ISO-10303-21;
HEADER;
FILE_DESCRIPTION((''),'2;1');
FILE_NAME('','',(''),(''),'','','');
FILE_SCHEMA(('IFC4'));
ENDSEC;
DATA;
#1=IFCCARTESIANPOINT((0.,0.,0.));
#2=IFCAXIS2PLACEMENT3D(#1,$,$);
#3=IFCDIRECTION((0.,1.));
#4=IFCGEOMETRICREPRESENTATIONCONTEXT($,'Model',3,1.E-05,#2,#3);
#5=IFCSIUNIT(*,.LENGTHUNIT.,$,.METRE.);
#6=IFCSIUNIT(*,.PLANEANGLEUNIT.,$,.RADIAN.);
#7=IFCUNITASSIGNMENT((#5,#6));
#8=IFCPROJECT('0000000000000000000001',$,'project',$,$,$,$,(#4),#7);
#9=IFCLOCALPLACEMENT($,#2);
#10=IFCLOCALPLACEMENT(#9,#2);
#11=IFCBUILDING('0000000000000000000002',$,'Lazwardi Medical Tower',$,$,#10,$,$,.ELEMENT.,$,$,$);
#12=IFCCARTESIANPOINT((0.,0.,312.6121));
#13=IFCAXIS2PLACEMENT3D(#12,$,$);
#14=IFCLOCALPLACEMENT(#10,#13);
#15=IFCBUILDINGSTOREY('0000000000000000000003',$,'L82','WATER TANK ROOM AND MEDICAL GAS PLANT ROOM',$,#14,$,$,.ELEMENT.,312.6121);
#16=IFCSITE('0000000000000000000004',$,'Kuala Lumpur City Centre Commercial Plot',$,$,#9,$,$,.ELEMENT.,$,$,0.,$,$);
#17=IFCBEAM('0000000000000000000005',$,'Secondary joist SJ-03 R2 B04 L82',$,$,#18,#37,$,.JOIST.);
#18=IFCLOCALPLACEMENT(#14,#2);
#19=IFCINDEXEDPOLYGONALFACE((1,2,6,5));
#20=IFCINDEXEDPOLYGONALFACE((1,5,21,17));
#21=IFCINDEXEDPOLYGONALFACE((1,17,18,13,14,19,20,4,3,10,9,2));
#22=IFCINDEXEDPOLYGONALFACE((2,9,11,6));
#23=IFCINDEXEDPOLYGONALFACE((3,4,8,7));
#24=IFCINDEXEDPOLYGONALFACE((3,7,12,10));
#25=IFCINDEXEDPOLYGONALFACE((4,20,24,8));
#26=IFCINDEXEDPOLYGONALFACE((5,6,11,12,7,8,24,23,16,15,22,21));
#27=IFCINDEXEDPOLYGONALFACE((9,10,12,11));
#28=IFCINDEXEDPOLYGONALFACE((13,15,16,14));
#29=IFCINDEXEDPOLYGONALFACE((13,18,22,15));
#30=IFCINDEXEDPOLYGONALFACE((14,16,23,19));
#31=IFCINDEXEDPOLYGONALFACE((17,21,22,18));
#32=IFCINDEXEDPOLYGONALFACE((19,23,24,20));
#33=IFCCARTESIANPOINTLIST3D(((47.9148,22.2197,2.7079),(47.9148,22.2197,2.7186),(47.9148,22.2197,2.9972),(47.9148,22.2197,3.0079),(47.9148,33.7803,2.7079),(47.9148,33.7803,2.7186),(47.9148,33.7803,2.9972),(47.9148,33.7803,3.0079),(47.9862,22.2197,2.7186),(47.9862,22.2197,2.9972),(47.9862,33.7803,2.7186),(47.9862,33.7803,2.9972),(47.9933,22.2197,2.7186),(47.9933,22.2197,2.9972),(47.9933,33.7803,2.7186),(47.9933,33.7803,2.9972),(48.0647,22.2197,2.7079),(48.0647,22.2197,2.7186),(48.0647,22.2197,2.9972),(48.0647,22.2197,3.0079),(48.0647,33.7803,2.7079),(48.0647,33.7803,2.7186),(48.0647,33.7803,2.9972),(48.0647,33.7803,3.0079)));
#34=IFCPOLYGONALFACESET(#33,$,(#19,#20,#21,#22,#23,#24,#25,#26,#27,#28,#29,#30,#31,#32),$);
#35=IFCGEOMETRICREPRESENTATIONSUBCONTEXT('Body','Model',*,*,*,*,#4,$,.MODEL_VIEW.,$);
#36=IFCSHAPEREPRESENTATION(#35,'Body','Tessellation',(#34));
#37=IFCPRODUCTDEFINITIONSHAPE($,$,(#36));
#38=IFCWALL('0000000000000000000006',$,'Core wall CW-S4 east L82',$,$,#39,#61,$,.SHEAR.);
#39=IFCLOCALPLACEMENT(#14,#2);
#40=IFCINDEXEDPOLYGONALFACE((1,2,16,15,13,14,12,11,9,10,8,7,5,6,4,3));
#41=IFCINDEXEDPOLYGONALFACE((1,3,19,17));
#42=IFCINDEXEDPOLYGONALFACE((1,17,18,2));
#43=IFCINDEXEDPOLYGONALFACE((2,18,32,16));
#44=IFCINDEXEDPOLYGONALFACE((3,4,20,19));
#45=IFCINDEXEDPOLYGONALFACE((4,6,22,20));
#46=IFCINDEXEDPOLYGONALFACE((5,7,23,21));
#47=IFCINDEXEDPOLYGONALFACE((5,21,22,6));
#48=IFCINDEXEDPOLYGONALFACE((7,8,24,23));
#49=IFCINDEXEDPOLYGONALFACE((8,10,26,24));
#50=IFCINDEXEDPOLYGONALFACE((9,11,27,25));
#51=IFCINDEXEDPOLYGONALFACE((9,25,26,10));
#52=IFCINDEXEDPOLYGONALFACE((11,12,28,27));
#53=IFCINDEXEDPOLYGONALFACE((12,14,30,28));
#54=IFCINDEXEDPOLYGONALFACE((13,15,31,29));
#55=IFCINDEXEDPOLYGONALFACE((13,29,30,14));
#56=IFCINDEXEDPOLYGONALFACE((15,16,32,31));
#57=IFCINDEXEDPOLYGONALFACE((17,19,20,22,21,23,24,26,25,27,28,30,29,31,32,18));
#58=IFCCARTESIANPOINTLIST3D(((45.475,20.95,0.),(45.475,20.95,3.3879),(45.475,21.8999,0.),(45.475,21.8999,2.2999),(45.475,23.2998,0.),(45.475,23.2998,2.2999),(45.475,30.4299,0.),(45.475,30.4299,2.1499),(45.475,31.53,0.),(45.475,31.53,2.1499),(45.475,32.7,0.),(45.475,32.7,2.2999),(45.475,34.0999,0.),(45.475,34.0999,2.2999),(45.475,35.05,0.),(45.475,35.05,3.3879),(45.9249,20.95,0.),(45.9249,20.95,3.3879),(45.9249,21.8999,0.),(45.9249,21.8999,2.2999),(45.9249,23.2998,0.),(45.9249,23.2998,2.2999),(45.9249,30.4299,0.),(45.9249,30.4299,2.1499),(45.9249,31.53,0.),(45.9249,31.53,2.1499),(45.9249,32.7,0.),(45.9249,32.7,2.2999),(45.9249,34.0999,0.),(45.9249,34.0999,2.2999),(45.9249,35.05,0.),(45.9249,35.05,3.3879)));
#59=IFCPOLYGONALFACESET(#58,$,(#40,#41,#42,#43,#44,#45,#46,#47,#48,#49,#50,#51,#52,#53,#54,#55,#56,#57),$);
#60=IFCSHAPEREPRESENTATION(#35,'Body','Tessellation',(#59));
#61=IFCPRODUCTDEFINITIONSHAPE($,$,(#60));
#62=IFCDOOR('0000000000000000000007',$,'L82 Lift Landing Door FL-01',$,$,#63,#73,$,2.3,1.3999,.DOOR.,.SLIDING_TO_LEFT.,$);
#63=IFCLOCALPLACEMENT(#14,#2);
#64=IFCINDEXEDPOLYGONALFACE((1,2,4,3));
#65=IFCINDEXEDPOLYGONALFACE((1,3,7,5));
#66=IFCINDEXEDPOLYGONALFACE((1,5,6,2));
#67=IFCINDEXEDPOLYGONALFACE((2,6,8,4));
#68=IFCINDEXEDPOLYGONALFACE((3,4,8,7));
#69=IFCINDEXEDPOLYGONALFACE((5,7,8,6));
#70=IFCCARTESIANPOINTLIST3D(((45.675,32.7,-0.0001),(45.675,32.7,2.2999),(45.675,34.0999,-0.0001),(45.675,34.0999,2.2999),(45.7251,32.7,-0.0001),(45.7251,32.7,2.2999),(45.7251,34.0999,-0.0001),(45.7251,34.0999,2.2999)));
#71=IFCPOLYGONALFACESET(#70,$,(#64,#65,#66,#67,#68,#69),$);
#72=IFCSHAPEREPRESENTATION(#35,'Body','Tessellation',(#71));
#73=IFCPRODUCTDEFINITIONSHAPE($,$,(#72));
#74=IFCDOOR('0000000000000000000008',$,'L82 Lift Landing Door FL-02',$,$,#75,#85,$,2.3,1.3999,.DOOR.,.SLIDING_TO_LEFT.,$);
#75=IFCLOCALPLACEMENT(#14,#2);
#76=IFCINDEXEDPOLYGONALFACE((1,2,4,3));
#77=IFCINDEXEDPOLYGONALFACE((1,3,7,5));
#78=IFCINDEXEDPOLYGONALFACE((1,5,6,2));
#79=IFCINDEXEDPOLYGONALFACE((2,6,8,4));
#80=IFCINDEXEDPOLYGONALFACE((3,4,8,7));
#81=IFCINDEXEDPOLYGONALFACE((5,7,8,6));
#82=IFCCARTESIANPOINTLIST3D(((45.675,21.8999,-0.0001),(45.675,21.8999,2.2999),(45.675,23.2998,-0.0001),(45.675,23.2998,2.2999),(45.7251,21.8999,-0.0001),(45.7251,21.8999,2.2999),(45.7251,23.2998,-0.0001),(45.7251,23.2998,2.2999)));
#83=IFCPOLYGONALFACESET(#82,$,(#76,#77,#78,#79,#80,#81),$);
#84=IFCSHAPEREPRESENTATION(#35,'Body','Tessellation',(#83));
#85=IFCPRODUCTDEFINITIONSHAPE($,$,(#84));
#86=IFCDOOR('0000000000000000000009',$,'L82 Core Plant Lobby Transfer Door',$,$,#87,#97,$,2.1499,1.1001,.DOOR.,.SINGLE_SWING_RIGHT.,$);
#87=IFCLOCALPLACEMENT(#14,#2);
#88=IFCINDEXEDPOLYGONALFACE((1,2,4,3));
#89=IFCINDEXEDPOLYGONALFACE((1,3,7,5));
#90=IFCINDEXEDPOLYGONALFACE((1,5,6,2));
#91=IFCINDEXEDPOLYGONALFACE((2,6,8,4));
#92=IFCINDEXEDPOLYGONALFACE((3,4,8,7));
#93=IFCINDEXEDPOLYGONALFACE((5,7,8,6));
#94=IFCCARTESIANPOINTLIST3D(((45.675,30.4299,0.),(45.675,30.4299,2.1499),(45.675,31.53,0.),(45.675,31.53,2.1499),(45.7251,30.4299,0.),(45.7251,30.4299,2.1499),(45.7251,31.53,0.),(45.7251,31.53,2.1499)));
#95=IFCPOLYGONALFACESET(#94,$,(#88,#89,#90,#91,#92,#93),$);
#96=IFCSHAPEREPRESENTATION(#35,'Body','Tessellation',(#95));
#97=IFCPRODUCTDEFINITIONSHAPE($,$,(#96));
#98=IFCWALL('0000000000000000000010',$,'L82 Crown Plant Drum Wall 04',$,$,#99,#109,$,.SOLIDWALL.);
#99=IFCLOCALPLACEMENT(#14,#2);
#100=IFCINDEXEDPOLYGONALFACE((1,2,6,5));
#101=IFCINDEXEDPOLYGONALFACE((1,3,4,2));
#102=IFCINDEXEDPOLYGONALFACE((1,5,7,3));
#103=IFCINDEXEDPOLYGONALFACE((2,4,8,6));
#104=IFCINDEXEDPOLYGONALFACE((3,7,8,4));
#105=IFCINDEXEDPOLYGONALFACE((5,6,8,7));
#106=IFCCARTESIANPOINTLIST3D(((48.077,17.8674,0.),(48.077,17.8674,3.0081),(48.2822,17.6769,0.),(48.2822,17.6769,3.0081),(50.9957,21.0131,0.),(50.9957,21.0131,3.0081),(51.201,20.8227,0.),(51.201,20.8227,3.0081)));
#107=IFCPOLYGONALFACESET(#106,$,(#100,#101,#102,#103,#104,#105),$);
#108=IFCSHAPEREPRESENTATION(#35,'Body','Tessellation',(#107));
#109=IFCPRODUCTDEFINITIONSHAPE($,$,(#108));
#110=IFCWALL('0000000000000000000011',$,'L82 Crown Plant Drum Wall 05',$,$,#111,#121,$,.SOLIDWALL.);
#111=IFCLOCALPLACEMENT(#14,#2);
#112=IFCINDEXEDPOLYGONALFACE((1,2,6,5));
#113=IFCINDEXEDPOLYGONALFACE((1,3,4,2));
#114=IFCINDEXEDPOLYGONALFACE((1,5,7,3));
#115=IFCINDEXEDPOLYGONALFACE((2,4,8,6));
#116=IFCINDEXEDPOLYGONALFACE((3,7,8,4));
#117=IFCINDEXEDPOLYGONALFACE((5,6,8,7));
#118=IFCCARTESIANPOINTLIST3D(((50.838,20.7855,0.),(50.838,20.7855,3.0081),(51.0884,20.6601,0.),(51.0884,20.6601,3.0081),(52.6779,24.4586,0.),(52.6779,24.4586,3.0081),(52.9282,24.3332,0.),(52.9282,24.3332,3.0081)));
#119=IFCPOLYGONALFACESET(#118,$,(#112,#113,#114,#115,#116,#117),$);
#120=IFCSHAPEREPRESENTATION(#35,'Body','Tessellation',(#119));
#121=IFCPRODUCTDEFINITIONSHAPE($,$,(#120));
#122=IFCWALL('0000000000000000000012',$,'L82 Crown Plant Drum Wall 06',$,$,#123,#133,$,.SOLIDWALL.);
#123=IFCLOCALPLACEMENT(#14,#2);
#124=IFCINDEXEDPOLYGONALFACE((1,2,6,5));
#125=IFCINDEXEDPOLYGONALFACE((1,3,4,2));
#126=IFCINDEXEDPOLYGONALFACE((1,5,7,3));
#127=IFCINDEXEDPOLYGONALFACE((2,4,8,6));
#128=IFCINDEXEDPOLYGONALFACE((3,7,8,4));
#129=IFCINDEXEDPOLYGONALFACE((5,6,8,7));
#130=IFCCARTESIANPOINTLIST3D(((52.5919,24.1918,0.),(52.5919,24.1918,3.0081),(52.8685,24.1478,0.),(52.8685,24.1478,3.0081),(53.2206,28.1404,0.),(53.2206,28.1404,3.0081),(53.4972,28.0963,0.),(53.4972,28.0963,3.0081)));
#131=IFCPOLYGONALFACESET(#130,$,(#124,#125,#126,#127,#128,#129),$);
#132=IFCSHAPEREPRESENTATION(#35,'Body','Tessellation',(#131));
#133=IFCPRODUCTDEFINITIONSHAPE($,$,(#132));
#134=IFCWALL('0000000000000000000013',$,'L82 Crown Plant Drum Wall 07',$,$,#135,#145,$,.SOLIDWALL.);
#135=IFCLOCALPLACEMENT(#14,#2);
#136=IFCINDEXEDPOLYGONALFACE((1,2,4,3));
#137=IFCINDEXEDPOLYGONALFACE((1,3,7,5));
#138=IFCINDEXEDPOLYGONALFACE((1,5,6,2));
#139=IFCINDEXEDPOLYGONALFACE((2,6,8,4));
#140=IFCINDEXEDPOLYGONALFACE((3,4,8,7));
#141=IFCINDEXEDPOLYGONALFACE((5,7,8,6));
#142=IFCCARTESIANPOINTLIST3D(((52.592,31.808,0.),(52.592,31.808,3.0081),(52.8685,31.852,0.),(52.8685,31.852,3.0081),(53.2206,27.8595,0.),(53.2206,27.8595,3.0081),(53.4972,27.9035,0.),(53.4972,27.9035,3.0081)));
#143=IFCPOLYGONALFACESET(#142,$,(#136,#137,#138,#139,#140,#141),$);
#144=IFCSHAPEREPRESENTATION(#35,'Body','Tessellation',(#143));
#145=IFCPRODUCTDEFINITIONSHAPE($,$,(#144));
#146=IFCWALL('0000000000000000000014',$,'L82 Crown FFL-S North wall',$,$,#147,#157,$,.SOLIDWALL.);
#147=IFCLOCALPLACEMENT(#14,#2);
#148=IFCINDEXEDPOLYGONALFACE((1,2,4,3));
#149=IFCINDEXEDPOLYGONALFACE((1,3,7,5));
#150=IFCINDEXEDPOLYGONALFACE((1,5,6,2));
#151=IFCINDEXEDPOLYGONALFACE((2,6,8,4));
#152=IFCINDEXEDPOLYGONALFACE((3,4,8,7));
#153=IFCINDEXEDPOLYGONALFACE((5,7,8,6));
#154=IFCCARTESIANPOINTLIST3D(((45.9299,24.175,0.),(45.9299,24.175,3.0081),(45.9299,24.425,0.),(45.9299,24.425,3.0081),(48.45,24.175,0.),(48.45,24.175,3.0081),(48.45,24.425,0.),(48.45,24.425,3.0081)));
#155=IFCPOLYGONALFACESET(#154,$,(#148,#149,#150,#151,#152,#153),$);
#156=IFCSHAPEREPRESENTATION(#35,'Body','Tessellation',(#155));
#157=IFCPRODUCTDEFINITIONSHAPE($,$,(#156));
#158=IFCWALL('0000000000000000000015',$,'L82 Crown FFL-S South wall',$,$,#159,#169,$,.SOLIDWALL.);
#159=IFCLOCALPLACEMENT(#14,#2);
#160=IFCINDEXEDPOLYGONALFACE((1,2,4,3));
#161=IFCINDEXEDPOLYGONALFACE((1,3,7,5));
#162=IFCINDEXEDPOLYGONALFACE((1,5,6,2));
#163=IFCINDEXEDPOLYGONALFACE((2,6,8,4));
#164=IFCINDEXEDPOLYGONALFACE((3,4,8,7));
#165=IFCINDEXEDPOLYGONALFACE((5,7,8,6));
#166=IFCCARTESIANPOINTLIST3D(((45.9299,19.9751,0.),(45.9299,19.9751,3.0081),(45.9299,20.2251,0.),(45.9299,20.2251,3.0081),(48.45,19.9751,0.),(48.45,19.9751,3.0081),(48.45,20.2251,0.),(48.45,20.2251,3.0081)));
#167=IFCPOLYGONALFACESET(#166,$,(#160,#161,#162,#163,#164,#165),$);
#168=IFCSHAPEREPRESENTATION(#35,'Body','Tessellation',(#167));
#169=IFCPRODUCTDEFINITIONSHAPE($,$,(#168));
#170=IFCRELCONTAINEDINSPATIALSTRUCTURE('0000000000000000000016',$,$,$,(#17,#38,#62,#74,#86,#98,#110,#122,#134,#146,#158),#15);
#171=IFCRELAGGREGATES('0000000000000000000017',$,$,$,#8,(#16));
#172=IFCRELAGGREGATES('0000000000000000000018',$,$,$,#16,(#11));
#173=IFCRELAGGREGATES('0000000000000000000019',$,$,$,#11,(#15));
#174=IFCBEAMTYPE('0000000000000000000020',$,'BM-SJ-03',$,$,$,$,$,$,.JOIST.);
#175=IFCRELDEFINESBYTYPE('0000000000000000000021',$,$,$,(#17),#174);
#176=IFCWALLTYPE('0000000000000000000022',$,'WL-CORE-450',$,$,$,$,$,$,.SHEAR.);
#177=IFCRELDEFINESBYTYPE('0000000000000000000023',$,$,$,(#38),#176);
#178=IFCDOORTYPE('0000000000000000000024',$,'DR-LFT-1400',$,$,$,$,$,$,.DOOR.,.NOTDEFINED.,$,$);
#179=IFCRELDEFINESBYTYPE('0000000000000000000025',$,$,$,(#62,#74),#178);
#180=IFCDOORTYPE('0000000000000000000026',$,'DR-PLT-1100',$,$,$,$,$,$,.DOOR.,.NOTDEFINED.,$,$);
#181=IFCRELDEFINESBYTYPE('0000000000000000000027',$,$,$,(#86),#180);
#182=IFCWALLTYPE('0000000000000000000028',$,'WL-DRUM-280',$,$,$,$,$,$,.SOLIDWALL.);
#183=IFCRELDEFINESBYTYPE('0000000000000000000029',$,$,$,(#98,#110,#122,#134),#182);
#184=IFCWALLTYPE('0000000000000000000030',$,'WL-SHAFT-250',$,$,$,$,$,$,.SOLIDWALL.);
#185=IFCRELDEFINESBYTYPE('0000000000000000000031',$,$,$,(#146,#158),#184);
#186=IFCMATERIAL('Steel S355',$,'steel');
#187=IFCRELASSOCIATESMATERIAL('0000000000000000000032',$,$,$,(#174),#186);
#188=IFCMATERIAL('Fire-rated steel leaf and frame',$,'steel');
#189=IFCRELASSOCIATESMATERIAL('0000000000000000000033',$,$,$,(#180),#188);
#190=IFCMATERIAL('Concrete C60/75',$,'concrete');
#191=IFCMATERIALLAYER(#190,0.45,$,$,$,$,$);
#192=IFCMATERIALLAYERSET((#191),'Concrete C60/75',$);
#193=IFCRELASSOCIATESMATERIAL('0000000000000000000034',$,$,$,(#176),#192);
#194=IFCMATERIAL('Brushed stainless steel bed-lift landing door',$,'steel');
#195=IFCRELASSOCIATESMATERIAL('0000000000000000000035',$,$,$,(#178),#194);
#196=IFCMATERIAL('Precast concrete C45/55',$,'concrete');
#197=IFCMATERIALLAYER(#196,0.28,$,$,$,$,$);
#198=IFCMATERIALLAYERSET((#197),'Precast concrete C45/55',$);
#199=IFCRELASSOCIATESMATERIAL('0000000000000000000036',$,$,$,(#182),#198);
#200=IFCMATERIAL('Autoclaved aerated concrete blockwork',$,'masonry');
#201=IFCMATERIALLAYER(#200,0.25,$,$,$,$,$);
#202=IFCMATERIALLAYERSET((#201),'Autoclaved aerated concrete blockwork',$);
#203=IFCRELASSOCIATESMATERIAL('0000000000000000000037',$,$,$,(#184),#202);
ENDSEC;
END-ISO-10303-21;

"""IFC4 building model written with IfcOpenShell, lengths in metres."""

from ifc_helpers import new_model, si_unit, direction, frame, frame_2d, origin, origin_2d, place, context, subcontext, project, spatial, rectangle, i_section, extrude, material, layer, layer_set, material_profile, profile_set, type_object, element, fill, save


model = new_model("IFC4")

# Units and contexts
model_context = context("Model", 3, precision=1e-05, world=origin(), true_north=direction((0.0, 1.0)))
body_context = subcontext(model_context, "Body", "Model", "MODEL_VIEW")
ifc_project = project(units=[si_unit("LENGTHUNIT", "METRE"), si_unit("PLANEANGLEUNIT", "RADIAN")], contexts=[model_context])

# Site, building, storey
site_placement = place(None, origin())
site = spatial("IfcSite", under=ifc_project, at=site_placement, Name="Kuala Lumpur City Centre Commercial Plot", CompositionType="ELEMENT", RefElevation=0.0)
building_placement = place(site_placement, origin())
building = spatial("IfcBuilding", under=site, at=building_placement, Name="Lazwardi Medical Tower", CompositionType="ELEMENT")
storey_placement = place(building_placement, frame((0.0, 0.0, 312.6121)))
storey = spatial("IfcBuildingStorey", under=building, at=storey_placement, Name="L82", Description="WATER TANK ROOM AND MEDICAL GAS PLANT ROOM", CompositionType="ELEMENT", Elevation=312.6121)

# Shared definitions
ifc_material_1 = material(Name="Concrete C60/75", Category="concrete")

# Beam
ifc_material_2 = material(Name="Steel S355", Category="steel")
ifc_material_profile_1 = material_profile(ifc_material_2, i_section(OverallWidth=0.1499, OverallDepth=0.3, WebThickness=0.0071, FlangeThickness=0.0107, at=origin_2d()), Name="IPE 300")
ifc_profile_set_1 = profile_set([ifc_material_profile_1], Name="Steel S355")
beam_type_1 = type_object("IfcBeamType", Name="BM-SJ-03", PredefinedType="JOIST", material=ifc_profile_set_1)
beam_1_placement = place(storey_placement, frame((47.9897, 22.2197, 2.8579), z_axis=(0.0, 1.0, 0.0), x_axis=(-1.0, 0.0, 0.0)))
element("IfcBeam", 1, at=beam_1_placement, inside=storey, type_object=beam_type_1, Name="Secondary joist SJ-03 R2 B04 L82", PredefinedType="JOIST", context=body_context, shape_type="SweptSolid", body=[
    extrude(i_section(OverallWidth=0.1499, OverallDepth=0.3, WebThickness=0.0071, FlangeThickness=0.0107, at=origin_2d()), origin(), (0.0, 0.0, 1.0), 11.5605),
])

# Shared definitions
ifc_material_3 = material(Name="Fire-rated steel leaf and frame", Category="steel")
door_type_1 = type_object("IfcDoorType", Name="DR-PLT-1100", OperationType="NOTDEFINED", PredefinedType="DOOR", material=ifc_material_3)

# Wall, openings, doors
ifc_layer_1 = layer(ifc_material_1, 0.45)
ifc_layer_set_1 = layer_set([ifc_layer_1], Name="Concrete C60/75")
wall_type_1 = type_object("IfcWallType", Name="WL-CORE-450", PredefinedType="SHEAR", material=ifc_layer_set_1)
wall_1_placement = place(storey_placement, frame((45.7, 20.95, 0.0), z_axis=(0.0, 0.0, 1.0), x_axis=(0.0, 1.0, 0.0)))
wall_1 = element("IfcWall", 2, at=wall_1_placement, inside=storey, type_object=wall_type_1, Name="Core wall CW-S4 east L82", PredefinedType="SHEAR", context=body_context, shape_type="SweptSolid", body=[
    extrude(rectangle(XDim=14.1001, YDim=0.45, at=frame_2d((7.05, 0.0))), origin(), (0.0, 0.0, 1.0), 3.3879),
])
opening_1_placement = place(wall_1_placement, frame((11.75, 0.0, 0.0)))
opening_1 = element("IfcOpeningElement", 3, at=opening_1_placement, cuts=wall_1, PredefinedType="OPENING", context=body_context, shape_type="SweptSolid", body=[
    extrude(rectangle(XDim=1.3999, YDim=2.3, at=frame_2d((0.7, 1.1499))), frame((0.0, 0.2349, 0.0), z_axis=(0.0, -1.0, 0.0), x_axis=(1.0, 0.0, 0.0)), (0.0, 0.0, 1.0), 0.47),
])
opening_2_placement = place(wall_1_placement, frame((0.95, 0.0, 0.0)))
opening_2 = element("IfcOpeningElement", 4, at=opening_2_placement, cuts=wall_1, PredefinedType="OPENING", context=body_context, shape_type="SweptSolid", body=[
    extrude(rectangle(XDim=1.3999, YDim=2.3, at=frame_2d((0.7, 1.1499))), frame((0.0, 0.2349, 0.0), z_axis=(0.0, -1.0, 0.0), x_axis=(1.0, 0.0, 0.0)), (0.0, 0.0, 1.0), 0.47),
])
opening_3_placement = place(wall_1_placement, frame((9.48, 0.0, 0.0)))
opening_3 = element("IfcOpeningElement", 5, at=opening_3_placement, cuts=wall_1, PredefinedType="OPENING", context=body_context, shape_type="SweptSolid", body=[
    extrude(rectangle(XDim=1.1001, YDim=2.1499, at=frame_2d((0.55, 1.075))), frame((0.0, 0.2349, 0.0), z_axis=(0.0, -1.0, 0.0), x_axis=(1.0, 0.0, 0.0)), (0.0, 0.0, 1.0), 0.47),
])
ifc_material_4 = material(Name="Brushed stainless steel bed-lift landing door", Category="steel")
door_type_2 = type_object("IfcDoorType", Name="DR-LFT-1400", OperationType="NOTDEFINED", PredefinedType="DOOR", material=ifc_material_4)
door_1_placement = place(opening_1_placement, origin())
door_1 = element("IfcDoor", 6, at=door_1_placement, inside=storey, type_object=door_type_2, Name="L82 Lift Landing Door FL-01", OperationType="SLIDING_TO_LEFT", OverallHeight=2.3, OverallWidth=1.3999, PredefinedType="DOOR", context=body_context, shape_type="SweptSolid", body=[
    extrude(rectangle(XDim=1.3999, YDim=2.3, at=frame_2d((0.7, 1.1499))), frame((0.0, 0.0249, 0.0), z_axis=(0.0, -1.0, 0.0), x_axis=(1.0, 0.0, 0.0)), (0.0, 0.0, 1.0), 0.05),
])
fill(opening_1, door_1)
door_2_placement = place(opening_2_placement, origin())
door_2 = element("IfcDoor", 7, at=door_2_placement, inside=storey, type_object=door_type_2, Name="L82 Lift Landing Door FL-02", OperationType="SLIDING_TO_LEFT", OverallHeight=2.3, OverallWidth=1.3999, PredefinedType="DOOR", context=body_context, shape_type="SweptSolid", body=[
    extrude(rectangle(XDim=1.3999, YDim=2.3, at=frame_2d((0.7, 1.1499))), frame((0.0, 0.0249, 0.0), z_axis=(0.0, -1.0, 0.0), x_axis=(1.0, 0.0, 0.0)), (0.0, 0.0, 1.0), 0.05),
])
fill(opening_2, door_2)
door_3_placement = place(opening_3_placement, origin())
door_3 = element("IfcDoor", 8, at=door_3_placement, inside=storey, type_object=door_type_1, Name="L82 Core Plant Lobby Transfer Door", OperationType="SINGLE_SWING_RIGHT", OverallHeight=2.1499, OverallWidth=1.1001, PredefinedType="DOOR", context=body_context, shape_type="SweptSolid", body=[
    extrude(rectangle(XDim=1.1001, YDim=2.1499, at=frame_2d((0.55, 1.075))), frame((0.0, 0.0249, 0.0), z_axis=(0.0, -1.0, 0.0), x_axis=(1.0, 0.0, 0.0)), (0.0, 0.0, 1.0), 0.05),
])
fill(opening_3, door_3)

# Walls
ifc_material_5 = material(Name="Precast concrete C45/55", Category="concrete")
ifc_layer_2 = layer(ifc_material_5, 0.28)
ifc_layer_set_2 = layer_set([ifc_layer_2], Name="Precast concrete C45/55")
wall_type_2 = type_object("IfcWallType", Name="WL-DRUM-280", PredefinedType="SOLIDWALL", material=ifc_layer_set_2)
wall_2_placement = place(storey_placement, frame((48.1797, 17.7722, 0.0), z_axis=(0.0, 0.0, 1.0), x_axis=(0.680156, 0.733067, 0.0)))
element("IfcWall", 9, at=wall_2_placement, inside=storey, type_object=wall_type_2, Name="L82 Crown Plant Drum Wall 04", PredefinedType="SOLIDWALL", context=body_context, shape_type="SweptSolid", body=[
    extrude(rectangle(XDim=4.2913, YDim=0.28, at=frame_2d((2.1455, 0.0))), origin(), (0.0, 0.0, 1.0), 3.0081),
])
wall_3_placement = place(storey_placement, frame((50.9631, 20.7227, 0.0), z_axis=(0.0, 0.0, 1.0), x_axis=(0.447855, 0.894106, 0.0)))
element("IfcWall", 10, at=wall_3_placement, inside=storey, type_object=wall_type_2, Name="L82 Crown Plant Drum Wall 05", PredefinedType="SOLIDWALL", context=body_context, shape_type="SweptSolid", body=[
    extrude(rectangle(XDim=4.1082, YDim=0.28, at=frame_2d((2.0542, 0.0))), origin(), (0.0, 0.0, 1.0), 3.0081),
])
for number, where, z_axis, x_axis, name in (
    (11, (52.7302, 24.1699, 0.0), (0.0, 0.0, 1.0), (0.157236, 0.987561, 0.0), "L82 Crown Plant Drum Wall 06"),
    (12, (53.3589, 27.8816, 0.0), (0.0, 0.0, 1.0), (-0.157236, 0.987561, 0.0), "L82 Crown Plant Drum Wall 07"),
):
    element("IfcWall", number, at=place(storey_placement, frame(where, z_axis=z_axis, x_axis=x_axis)), inside=storey, type_object=wall_type_2, Name=name, PredefinedType="SOLIDWALL", context=body_context, shape_type="SweptSolid", body=[
        extrude(rectangle(XDim=3.9983, YDim=0.28, at=frame_2d((1.999, 0.0))), origin(), (0.0, 0.0, 1.0), 3.0081),
    ])

# Shared definitions
ifc_material_6 = material(Name="Autoclaved aerated concrete blockwork", Category="masonry")
ifc_layer_3 = layer(ifc_material_6, 0.25)
ifc_layer_set_3 = layer_set([ifc_layer_3], Name="Autoclaved aerated concrete blockwork")
wall_type_3 = type_object("IfcWallType", Name="WL-SHAFT-250", PredefinedType="SOLIDWALL", material=ifc_layer_set_3)

# Walls
for number, where, z_axis, x_axis, name in (
    (13, (45.9299, 24.3, 0.0), (0.0, 0.0, 1.0), (1.0, 0.0, 0.0), "L82 Crown FFL-S North wall"),
    (14, (45.9299, 20.1001, 0.0), (0.0, 0.0, 1.0), (1.0, 0.0, 0.0), "L82 Crown FFL-S South wall"),
):
    element("IfcWall", number, at=place(storey_placement, frame(where, z_axis=z_axis, x_axis=x_axis)), inside=storey, type_object=wall_type_3, Name=name, PredefinedType="SOLIDWALL", context=body_context, shape_type="SweptSolid", body=[
        extrude(rectangle(XDim=2.52, YDim=0.25, at=frame_2d((1.26, 0.0))), origin(), (0.0, 0.0, 1.0), 3.0081),
    ])

save(model, "model.ifc")
